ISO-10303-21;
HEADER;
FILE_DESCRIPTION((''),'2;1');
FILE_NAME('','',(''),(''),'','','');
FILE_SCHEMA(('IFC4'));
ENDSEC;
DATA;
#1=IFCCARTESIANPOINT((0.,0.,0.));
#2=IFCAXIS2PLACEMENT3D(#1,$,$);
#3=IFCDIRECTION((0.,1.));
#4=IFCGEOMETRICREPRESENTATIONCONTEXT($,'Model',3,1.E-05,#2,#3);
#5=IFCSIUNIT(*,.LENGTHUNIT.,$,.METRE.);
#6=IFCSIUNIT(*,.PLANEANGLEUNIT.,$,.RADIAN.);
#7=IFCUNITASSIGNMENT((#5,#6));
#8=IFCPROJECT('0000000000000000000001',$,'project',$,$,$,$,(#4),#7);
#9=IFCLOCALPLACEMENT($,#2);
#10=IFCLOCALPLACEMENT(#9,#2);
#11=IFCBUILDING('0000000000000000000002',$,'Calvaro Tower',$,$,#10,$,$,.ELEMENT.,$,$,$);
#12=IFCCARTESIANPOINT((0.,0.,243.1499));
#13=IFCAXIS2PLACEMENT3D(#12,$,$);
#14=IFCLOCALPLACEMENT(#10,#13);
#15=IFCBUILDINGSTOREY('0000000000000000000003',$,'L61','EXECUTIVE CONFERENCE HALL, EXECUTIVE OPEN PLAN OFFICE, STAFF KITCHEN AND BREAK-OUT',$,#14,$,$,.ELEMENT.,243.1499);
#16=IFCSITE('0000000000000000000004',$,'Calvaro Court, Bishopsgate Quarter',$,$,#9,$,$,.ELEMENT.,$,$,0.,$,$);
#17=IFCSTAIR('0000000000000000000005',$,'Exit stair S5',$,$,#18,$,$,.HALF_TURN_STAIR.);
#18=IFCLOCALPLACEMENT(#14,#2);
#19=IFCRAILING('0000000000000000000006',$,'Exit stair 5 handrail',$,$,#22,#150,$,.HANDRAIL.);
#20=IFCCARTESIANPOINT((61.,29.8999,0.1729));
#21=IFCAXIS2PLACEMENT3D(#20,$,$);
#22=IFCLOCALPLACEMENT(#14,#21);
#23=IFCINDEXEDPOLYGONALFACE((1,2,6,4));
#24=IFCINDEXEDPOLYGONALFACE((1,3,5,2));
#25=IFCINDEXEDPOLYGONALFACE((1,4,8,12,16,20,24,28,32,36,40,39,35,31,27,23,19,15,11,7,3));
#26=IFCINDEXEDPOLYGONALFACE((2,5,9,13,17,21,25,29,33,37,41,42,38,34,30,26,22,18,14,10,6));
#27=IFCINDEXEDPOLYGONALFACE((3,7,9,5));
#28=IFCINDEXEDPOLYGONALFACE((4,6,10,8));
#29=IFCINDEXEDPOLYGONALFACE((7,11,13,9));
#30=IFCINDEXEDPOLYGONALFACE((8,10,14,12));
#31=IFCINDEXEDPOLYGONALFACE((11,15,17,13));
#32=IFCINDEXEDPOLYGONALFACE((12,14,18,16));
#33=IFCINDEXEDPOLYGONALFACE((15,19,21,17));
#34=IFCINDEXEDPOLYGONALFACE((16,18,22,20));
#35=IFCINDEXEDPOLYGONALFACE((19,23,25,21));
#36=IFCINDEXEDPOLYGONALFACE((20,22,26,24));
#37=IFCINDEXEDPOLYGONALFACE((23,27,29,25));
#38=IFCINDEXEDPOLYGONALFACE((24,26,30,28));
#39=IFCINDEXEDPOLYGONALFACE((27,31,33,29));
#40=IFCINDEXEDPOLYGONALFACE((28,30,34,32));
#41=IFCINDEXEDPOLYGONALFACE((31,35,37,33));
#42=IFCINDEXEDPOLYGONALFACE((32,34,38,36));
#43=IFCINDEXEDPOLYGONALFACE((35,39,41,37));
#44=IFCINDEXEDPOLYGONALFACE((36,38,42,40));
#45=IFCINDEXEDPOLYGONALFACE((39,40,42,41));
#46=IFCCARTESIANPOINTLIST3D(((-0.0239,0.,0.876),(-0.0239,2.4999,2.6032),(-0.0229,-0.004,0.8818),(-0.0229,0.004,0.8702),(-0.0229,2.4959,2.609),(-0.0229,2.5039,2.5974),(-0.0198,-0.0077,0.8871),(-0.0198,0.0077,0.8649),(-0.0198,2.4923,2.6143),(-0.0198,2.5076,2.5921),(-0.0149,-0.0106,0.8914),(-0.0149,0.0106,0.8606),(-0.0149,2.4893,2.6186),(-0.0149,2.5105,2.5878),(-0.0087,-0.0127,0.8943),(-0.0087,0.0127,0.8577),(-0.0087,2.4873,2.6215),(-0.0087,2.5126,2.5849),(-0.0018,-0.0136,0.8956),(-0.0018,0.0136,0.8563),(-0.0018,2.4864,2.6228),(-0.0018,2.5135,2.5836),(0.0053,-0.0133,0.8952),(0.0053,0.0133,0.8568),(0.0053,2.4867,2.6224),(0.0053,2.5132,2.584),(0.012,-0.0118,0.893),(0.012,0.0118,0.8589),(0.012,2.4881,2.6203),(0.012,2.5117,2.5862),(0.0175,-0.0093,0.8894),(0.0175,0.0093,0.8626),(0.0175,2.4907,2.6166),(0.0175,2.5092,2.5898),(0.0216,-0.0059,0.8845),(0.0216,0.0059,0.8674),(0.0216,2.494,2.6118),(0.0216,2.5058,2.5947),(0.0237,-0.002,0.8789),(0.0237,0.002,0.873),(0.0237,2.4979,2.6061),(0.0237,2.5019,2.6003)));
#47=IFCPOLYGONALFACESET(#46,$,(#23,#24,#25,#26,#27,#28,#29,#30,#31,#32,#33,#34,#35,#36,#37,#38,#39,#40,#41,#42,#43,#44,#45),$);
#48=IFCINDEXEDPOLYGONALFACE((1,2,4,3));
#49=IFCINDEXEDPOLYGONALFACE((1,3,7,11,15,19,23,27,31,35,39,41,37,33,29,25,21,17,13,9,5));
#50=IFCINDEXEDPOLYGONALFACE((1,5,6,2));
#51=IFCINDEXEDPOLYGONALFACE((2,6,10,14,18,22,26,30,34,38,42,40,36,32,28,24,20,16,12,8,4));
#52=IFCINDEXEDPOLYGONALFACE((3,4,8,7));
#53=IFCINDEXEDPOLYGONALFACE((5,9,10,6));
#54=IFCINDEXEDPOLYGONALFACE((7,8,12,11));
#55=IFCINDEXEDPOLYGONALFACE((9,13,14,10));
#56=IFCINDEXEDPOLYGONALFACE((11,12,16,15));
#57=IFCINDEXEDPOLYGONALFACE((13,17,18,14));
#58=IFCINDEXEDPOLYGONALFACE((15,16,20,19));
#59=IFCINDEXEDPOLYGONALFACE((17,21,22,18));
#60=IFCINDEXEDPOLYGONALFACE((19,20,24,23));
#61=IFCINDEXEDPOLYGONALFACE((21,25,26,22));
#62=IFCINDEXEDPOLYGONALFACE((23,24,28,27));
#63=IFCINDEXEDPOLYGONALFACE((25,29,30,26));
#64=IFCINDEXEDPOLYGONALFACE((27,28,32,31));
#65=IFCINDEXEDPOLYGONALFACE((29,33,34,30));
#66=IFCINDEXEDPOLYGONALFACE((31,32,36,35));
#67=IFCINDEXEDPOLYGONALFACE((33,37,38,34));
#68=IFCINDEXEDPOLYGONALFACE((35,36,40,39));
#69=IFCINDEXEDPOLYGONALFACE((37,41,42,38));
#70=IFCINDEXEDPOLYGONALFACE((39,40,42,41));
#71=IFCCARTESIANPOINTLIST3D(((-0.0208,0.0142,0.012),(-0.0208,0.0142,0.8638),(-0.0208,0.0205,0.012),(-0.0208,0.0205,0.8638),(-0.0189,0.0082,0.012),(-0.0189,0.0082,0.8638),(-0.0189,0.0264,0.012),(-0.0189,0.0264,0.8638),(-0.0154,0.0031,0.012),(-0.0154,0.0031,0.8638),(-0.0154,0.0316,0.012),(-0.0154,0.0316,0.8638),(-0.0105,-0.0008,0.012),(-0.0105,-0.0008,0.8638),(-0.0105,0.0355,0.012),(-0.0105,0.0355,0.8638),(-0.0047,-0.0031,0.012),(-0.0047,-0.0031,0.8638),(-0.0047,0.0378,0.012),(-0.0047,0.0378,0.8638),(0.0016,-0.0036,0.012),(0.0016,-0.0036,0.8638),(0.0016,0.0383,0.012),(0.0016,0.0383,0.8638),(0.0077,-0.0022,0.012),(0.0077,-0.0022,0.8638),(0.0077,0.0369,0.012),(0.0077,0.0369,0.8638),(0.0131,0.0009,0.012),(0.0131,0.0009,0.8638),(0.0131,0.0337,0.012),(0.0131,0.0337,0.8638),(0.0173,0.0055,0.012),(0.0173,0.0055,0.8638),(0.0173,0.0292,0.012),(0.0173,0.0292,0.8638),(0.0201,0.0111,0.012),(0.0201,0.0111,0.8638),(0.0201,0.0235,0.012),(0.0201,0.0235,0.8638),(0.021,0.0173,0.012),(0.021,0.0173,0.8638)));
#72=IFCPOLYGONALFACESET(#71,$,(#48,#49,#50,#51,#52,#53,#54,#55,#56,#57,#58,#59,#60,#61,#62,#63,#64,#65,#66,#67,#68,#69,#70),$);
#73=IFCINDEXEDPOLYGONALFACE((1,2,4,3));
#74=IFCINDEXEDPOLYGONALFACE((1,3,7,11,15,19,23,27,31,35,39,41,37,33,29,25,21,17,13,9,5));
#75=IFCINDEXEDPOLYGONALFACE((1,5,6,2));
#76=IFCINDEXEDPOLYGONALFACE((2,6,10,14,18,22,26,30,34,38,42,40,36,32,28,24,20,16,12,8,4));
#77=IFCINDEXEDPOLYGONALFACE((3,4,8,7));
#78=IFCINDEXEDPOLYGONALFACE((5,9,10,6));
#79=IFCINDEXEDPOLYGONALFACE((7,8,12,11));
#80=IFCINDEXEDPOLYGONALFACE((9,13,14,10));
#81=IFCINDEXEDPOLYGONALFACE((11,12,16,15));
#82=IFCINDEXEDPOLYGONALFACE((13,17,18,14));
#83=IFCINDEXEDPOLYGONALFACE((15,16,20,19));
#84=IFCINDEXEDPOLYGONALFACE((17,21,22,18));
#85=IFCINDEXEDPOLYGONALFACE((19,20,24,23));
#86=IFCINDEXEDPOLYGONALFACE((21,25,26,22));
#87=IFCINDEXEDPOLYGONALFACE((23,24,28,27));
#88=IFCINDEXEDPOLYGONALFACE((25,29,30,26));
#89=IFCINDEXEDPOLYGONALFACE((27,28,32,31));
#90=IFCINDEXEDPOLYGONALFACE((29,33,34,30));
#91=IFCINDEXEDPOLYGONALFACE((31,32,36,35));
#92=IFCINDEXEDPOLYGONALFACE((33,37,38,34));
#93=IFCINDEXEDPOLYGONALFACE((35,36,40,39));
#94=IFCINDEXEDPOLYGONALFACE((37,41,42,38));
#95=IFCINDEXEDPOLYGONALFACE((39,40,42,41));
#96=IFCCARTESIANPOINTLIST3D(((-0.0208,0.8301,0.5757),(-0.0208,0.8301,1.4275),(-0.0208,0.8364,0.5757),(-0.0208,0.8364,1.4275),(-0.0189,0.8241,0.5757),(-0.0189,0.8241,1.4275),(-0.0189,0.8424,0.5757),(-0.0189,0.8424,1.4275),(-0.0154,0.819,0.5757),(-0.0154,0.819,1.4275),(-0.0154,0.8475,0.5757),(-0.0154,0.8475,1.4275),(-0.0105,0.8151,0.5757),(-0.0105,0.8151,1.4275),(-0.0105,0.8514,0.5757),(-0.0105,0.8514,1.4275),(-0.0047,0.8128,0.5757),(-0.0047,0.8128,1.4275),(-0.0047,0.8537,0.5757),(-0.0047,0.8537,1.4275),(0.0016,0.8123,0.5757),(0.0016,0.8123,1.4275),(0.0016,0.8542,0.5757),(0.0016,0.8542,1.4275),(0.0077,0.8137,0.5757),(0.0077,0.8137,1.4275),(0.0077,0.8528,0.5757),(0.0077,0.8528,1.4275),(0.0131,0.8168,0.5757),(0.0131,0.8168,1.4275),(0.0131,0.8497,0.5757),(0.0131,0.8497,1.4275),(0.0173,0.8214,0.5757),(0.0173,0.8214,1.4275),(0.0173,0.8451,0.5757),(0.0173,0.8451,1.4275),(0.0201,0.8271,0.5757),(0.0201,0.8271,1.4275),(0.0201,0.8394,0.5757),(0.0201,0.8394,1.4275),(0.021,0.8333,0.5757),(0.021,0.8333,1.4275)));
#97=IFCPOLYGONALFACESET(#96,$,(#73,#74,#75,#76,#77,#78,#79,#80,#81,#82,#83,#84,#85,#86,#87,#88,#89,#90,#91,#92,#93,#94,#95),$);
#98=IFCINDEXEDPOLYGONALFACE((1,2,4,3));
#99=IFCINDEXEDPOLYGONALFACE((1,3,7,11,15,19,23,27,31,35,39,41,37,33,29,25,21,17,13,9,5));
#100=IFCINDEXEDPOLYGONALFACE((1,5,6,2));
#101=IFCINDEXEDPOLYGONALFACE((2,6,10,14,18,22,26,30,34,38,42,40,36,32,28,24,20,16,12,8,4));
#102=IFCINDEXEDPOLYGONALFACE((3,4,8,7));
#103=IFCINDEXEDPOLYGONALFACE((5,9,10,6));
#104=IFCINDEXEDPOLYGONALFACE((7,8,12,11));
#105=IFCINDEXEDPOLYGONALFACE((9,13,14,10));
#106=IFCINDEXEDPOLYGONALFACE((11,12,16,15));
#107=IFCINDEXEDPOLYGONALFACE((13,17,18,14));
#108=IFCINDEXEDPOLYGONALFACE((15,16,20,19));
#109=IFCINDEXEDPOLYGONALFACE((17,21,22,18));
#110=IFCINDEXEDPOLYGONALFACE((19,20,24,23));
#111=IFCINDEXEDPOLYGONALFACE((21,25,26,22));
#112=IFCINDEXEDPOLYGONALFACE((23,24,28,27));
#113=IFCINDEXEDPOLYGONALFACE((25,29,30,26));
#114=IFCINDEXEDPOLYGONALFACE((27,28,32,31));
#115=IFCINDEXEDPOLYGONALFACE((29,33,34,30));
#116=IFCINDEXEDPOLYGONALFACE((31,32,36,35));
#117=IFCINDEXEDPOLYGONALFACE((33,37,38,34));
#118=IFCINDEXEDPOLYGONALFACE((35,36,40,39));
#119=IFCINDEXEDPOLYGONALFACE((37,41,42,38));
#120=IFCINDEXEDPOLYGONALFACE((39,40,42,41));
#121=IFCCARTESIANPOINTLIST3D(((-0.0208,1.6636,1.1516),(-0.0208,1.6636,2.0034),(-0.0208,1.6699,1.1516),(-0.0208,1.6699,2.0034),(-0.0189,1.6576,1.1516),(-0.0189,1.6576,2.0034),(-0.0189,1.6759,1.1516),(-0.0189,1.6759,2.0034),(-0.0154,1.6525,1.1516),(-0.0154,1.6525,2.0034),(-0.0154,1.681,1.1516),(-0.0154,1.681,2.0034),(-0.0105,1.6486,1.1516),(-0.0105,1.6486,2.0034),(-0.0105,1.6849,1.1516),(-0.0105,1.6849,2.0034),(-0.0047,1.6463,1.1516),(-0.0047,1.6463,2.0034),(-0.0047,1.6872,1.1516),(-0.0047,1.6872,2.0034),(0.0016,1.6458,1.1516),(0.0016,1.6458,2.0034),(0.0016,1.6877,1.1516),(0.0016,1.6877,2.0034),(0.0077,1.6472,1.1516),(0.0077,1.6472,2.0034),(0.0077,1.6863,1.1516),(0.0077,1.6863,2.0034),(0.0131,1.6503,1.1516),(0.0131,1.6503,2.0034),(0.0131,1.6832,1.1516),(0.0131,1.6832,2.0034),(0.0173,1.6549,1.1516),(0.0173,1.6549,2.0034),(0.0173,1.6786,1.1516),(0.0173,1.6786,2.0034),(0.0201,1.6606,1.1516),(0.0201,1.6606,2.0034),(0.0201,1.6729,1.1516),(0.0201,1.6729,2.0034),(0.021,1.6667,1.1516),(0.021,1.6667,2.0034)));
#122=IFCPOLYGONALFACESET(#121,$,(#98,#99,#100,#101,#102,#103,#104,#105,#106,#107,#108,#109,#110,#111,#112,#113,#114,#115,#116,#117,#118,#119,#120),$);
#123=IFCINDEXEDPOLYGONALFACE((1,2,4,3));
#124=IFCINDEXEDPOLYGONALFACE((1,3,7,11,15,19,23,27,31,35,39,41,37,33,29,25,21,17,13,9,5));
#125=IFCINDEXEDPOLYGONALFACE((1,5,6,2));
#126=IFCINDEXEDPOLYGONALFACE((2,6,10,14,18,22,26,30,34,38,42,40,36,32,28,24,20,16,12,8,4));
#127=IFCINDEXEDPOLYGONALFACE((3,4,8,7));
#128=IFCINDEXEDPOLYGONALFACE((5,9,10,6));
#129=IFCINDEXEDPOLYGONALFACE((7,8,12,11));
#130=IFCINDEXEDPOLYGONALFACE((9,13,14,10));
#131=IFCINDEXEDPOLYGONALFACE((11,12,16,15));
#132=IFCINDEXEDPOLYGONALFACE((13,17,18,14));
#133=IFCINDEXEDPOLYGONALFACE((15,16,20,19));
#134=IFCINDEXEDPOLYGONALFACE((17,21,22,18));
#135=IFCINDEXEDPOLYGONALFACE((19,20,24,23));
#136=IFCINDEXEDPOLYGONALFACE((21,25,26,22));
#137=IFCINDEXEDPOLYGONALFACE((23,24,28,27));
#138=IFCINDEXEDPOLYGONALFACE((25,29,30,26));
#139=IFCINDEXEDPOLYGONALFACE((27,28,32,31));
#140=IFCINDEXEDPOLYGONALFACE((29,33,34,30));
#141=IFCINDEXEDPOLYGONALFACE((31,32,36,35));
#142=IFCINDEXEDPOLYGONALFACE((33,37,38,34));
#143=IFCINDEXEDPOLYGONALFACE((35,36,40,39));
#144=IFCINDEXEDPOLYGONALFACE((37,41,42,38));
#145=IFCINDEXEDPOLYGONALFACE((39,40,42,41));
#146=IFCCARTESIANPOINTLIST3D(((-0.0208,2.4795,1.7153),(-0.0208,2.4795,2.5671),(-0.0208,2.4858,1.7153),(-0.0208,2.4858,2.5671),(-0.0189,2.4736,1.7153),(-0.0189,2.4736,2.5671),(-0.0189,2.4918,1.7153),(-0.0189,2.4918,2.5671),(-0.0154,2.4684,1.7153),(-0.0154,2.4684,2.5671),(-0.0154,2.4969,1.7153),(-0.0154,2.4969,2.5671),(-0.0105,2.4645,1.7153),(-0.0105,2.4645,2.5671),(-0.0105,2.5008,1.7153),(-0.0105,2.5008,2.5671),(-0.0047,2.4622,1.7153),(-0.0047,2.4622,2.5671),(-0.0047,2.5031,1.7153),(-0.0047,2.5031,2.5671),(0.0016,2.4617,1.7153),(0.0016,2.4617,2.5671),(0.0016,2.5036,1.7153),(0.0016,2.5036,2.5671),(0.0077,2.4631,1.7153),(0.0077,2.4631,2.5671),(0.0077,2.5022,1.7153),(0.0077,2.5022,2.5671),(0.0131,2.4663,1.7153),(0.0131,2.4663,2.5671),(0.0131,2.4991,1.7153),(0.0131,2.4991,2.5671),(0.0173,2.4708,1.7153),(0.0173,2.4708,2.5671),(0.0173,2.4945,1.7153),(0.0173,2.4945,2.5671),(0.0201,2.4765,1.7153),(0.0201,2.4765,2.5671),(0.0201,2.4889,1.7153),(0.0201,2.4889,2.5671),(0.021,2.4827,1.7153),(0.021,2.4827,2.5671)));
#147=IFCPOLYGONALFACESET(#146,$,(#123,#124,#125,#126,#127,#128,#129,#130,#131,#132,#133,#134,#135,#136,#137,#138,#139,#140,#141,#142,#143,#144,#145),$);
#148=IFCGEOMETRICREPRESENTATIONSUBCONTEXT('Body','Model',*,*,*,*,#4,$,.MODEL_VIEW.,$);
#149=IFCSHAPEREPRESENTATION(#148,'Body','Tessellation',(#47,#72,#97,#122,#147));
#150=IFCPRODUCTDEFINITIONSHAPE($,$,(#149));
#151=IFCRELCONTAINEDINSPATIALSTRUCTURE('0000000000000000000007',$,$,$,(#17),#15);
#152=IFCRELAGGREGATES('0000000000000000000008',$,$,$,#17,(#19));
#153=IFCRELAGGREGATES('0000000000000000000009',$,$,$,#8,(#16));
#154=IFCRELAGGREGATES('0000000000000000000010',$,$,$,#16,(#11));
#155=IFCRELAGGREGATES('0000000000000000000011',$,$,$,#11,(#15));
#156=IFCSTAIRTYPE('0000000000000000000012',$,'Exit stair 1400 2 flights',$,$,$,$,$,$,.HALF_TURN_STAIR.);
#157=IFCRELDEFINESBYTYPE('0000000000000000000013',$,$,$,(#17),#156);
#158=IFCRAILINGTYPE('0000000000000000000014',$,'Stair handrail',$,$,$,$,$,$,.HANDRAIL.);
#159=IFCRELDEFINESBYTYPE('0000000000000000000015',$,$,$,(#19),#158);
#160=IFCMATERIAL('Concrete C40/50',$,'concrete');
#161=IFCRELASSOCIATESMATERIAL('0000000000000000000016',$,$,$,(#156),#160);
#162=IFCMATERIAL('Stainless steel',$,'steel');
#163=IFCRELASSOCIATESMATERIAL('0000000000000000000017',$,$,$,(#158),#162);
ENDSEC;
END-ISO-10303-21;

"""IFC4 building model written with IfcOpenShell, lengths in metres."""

from ifc_helpers import new_model, si_unit, direction, frame, origin, origin_2d, place, context, subcontext, project, spatial, circle, extrude, material, type_object, element, aggregate, save


model = new_model("IFC4")

# Units and contexts
model_context = context("Model", 3, precision=1e-05, world=origin(), true_north=direction((0.0, 1.0)))
body_context = subcontext(model_context, "Body", "Model", "MODEL_VIEW")
ifc_project = project(units=[si_unit("LENGTHUNIT", "METRE"), si_unit("PLANEANGLEUNIT", "RADIAN")], contexts=[model_context])

# Site, building, storey
site_placement = place(None, origin())
site = spatial("IfcSite", under=ifc_project, at=site_placement, Name="Calvaro Court, Bishopsgate Quarter", CompositionType="ELEMENT", RefElevation=0.0)
building_placement = place(site_placement, origin())
building = spatial("IfcBuilding", under=site, at=building_placement, Name="Calvaro Tower", CompositionType="ELEMENT")
storey_placement = place(building_placement, frame((0.0, 0.0, 243.1499)))
storey = spatial("IfcBuildingStorey", under=building, at=storey_placement, Name="L61", Description="EXECUTIVE CONFERENCE HALL, EXECUTIVE OPEN PLAN OFFICE, STAFF KITCHEN AND BREAK-OUT", CompositionType="ELEMENT", Elevation=243.1499)

# Shared definitions
ifc_material_1 = material(Name="Concrete C40/50", Category="concrete")
stair_type = type_object("IfcStairType", Name="Exit stair 1400 2 flights", PredefinedType="HALF_TURN_STAIR", material=ifc_material_1)

# Stair
stair_1_placement = place(storey_placement, origin())
stair_1 = element("IfcStair", 1, at=stair_1_placement, inside=storey, type_object=stair_type, Name="Exit stair S5", PredefinedType="HALF_TURN_STAIR")

# Railing
ifc_material_2 = material(Name="Stainless steel", Category="steel")
railing_type = type_object("IfcRailingType", Name="Stair handrail", PredefinedType="HANDRAIL", material=ifc_material_2)
railing_1_placement = place(storey_placement, frame((61.0, 29.8999, 0.1729)))
railing_1 = element("IfcRailing", 2, at=railing_1_placement, type_object=railing_type, Name="Exit stair 5 handrail", PredefinedType="HANDRAIL", context=body_context, shape_type="SweptSolid", body=[
    extrude(circle(Radius=0.0239, at=origin_2d()), frame((0.0, 0.0, 0.876), z_axis=(0.0, 0.822727, 0.568437), x_axis=(-1.0, 0.0, 0.0)), (0.0, 0.0, 1.0), 3.0386),
    extrude(circle(Radius=0.021, at=origin_2d()), frame((0.0, 0.0173, 0.012)), (0.0, 0.0, 1.0), 0.8518),
    extrude(circle(Radius=0.021, at=origin_2d()), frame((0.0, 0.8333, 0.5757)), (0.0, 0.0, 1.0), 0.8518),
    extrude(circle(Radius=0.021, at=origin_2d()), frame((0.0, 1.6667, 1.1516)), (0.0, 0.0, 1.0), 0.8518),
    extrude(circle(Radius=0.021, at=origin_2d()), frame((0.0, 2.4827, 1.7153)), (0.0, 0.0, 1.0), 0.8518),
])
aggregate(stair_1, [railing_1])

save(model, "model.ifc")
